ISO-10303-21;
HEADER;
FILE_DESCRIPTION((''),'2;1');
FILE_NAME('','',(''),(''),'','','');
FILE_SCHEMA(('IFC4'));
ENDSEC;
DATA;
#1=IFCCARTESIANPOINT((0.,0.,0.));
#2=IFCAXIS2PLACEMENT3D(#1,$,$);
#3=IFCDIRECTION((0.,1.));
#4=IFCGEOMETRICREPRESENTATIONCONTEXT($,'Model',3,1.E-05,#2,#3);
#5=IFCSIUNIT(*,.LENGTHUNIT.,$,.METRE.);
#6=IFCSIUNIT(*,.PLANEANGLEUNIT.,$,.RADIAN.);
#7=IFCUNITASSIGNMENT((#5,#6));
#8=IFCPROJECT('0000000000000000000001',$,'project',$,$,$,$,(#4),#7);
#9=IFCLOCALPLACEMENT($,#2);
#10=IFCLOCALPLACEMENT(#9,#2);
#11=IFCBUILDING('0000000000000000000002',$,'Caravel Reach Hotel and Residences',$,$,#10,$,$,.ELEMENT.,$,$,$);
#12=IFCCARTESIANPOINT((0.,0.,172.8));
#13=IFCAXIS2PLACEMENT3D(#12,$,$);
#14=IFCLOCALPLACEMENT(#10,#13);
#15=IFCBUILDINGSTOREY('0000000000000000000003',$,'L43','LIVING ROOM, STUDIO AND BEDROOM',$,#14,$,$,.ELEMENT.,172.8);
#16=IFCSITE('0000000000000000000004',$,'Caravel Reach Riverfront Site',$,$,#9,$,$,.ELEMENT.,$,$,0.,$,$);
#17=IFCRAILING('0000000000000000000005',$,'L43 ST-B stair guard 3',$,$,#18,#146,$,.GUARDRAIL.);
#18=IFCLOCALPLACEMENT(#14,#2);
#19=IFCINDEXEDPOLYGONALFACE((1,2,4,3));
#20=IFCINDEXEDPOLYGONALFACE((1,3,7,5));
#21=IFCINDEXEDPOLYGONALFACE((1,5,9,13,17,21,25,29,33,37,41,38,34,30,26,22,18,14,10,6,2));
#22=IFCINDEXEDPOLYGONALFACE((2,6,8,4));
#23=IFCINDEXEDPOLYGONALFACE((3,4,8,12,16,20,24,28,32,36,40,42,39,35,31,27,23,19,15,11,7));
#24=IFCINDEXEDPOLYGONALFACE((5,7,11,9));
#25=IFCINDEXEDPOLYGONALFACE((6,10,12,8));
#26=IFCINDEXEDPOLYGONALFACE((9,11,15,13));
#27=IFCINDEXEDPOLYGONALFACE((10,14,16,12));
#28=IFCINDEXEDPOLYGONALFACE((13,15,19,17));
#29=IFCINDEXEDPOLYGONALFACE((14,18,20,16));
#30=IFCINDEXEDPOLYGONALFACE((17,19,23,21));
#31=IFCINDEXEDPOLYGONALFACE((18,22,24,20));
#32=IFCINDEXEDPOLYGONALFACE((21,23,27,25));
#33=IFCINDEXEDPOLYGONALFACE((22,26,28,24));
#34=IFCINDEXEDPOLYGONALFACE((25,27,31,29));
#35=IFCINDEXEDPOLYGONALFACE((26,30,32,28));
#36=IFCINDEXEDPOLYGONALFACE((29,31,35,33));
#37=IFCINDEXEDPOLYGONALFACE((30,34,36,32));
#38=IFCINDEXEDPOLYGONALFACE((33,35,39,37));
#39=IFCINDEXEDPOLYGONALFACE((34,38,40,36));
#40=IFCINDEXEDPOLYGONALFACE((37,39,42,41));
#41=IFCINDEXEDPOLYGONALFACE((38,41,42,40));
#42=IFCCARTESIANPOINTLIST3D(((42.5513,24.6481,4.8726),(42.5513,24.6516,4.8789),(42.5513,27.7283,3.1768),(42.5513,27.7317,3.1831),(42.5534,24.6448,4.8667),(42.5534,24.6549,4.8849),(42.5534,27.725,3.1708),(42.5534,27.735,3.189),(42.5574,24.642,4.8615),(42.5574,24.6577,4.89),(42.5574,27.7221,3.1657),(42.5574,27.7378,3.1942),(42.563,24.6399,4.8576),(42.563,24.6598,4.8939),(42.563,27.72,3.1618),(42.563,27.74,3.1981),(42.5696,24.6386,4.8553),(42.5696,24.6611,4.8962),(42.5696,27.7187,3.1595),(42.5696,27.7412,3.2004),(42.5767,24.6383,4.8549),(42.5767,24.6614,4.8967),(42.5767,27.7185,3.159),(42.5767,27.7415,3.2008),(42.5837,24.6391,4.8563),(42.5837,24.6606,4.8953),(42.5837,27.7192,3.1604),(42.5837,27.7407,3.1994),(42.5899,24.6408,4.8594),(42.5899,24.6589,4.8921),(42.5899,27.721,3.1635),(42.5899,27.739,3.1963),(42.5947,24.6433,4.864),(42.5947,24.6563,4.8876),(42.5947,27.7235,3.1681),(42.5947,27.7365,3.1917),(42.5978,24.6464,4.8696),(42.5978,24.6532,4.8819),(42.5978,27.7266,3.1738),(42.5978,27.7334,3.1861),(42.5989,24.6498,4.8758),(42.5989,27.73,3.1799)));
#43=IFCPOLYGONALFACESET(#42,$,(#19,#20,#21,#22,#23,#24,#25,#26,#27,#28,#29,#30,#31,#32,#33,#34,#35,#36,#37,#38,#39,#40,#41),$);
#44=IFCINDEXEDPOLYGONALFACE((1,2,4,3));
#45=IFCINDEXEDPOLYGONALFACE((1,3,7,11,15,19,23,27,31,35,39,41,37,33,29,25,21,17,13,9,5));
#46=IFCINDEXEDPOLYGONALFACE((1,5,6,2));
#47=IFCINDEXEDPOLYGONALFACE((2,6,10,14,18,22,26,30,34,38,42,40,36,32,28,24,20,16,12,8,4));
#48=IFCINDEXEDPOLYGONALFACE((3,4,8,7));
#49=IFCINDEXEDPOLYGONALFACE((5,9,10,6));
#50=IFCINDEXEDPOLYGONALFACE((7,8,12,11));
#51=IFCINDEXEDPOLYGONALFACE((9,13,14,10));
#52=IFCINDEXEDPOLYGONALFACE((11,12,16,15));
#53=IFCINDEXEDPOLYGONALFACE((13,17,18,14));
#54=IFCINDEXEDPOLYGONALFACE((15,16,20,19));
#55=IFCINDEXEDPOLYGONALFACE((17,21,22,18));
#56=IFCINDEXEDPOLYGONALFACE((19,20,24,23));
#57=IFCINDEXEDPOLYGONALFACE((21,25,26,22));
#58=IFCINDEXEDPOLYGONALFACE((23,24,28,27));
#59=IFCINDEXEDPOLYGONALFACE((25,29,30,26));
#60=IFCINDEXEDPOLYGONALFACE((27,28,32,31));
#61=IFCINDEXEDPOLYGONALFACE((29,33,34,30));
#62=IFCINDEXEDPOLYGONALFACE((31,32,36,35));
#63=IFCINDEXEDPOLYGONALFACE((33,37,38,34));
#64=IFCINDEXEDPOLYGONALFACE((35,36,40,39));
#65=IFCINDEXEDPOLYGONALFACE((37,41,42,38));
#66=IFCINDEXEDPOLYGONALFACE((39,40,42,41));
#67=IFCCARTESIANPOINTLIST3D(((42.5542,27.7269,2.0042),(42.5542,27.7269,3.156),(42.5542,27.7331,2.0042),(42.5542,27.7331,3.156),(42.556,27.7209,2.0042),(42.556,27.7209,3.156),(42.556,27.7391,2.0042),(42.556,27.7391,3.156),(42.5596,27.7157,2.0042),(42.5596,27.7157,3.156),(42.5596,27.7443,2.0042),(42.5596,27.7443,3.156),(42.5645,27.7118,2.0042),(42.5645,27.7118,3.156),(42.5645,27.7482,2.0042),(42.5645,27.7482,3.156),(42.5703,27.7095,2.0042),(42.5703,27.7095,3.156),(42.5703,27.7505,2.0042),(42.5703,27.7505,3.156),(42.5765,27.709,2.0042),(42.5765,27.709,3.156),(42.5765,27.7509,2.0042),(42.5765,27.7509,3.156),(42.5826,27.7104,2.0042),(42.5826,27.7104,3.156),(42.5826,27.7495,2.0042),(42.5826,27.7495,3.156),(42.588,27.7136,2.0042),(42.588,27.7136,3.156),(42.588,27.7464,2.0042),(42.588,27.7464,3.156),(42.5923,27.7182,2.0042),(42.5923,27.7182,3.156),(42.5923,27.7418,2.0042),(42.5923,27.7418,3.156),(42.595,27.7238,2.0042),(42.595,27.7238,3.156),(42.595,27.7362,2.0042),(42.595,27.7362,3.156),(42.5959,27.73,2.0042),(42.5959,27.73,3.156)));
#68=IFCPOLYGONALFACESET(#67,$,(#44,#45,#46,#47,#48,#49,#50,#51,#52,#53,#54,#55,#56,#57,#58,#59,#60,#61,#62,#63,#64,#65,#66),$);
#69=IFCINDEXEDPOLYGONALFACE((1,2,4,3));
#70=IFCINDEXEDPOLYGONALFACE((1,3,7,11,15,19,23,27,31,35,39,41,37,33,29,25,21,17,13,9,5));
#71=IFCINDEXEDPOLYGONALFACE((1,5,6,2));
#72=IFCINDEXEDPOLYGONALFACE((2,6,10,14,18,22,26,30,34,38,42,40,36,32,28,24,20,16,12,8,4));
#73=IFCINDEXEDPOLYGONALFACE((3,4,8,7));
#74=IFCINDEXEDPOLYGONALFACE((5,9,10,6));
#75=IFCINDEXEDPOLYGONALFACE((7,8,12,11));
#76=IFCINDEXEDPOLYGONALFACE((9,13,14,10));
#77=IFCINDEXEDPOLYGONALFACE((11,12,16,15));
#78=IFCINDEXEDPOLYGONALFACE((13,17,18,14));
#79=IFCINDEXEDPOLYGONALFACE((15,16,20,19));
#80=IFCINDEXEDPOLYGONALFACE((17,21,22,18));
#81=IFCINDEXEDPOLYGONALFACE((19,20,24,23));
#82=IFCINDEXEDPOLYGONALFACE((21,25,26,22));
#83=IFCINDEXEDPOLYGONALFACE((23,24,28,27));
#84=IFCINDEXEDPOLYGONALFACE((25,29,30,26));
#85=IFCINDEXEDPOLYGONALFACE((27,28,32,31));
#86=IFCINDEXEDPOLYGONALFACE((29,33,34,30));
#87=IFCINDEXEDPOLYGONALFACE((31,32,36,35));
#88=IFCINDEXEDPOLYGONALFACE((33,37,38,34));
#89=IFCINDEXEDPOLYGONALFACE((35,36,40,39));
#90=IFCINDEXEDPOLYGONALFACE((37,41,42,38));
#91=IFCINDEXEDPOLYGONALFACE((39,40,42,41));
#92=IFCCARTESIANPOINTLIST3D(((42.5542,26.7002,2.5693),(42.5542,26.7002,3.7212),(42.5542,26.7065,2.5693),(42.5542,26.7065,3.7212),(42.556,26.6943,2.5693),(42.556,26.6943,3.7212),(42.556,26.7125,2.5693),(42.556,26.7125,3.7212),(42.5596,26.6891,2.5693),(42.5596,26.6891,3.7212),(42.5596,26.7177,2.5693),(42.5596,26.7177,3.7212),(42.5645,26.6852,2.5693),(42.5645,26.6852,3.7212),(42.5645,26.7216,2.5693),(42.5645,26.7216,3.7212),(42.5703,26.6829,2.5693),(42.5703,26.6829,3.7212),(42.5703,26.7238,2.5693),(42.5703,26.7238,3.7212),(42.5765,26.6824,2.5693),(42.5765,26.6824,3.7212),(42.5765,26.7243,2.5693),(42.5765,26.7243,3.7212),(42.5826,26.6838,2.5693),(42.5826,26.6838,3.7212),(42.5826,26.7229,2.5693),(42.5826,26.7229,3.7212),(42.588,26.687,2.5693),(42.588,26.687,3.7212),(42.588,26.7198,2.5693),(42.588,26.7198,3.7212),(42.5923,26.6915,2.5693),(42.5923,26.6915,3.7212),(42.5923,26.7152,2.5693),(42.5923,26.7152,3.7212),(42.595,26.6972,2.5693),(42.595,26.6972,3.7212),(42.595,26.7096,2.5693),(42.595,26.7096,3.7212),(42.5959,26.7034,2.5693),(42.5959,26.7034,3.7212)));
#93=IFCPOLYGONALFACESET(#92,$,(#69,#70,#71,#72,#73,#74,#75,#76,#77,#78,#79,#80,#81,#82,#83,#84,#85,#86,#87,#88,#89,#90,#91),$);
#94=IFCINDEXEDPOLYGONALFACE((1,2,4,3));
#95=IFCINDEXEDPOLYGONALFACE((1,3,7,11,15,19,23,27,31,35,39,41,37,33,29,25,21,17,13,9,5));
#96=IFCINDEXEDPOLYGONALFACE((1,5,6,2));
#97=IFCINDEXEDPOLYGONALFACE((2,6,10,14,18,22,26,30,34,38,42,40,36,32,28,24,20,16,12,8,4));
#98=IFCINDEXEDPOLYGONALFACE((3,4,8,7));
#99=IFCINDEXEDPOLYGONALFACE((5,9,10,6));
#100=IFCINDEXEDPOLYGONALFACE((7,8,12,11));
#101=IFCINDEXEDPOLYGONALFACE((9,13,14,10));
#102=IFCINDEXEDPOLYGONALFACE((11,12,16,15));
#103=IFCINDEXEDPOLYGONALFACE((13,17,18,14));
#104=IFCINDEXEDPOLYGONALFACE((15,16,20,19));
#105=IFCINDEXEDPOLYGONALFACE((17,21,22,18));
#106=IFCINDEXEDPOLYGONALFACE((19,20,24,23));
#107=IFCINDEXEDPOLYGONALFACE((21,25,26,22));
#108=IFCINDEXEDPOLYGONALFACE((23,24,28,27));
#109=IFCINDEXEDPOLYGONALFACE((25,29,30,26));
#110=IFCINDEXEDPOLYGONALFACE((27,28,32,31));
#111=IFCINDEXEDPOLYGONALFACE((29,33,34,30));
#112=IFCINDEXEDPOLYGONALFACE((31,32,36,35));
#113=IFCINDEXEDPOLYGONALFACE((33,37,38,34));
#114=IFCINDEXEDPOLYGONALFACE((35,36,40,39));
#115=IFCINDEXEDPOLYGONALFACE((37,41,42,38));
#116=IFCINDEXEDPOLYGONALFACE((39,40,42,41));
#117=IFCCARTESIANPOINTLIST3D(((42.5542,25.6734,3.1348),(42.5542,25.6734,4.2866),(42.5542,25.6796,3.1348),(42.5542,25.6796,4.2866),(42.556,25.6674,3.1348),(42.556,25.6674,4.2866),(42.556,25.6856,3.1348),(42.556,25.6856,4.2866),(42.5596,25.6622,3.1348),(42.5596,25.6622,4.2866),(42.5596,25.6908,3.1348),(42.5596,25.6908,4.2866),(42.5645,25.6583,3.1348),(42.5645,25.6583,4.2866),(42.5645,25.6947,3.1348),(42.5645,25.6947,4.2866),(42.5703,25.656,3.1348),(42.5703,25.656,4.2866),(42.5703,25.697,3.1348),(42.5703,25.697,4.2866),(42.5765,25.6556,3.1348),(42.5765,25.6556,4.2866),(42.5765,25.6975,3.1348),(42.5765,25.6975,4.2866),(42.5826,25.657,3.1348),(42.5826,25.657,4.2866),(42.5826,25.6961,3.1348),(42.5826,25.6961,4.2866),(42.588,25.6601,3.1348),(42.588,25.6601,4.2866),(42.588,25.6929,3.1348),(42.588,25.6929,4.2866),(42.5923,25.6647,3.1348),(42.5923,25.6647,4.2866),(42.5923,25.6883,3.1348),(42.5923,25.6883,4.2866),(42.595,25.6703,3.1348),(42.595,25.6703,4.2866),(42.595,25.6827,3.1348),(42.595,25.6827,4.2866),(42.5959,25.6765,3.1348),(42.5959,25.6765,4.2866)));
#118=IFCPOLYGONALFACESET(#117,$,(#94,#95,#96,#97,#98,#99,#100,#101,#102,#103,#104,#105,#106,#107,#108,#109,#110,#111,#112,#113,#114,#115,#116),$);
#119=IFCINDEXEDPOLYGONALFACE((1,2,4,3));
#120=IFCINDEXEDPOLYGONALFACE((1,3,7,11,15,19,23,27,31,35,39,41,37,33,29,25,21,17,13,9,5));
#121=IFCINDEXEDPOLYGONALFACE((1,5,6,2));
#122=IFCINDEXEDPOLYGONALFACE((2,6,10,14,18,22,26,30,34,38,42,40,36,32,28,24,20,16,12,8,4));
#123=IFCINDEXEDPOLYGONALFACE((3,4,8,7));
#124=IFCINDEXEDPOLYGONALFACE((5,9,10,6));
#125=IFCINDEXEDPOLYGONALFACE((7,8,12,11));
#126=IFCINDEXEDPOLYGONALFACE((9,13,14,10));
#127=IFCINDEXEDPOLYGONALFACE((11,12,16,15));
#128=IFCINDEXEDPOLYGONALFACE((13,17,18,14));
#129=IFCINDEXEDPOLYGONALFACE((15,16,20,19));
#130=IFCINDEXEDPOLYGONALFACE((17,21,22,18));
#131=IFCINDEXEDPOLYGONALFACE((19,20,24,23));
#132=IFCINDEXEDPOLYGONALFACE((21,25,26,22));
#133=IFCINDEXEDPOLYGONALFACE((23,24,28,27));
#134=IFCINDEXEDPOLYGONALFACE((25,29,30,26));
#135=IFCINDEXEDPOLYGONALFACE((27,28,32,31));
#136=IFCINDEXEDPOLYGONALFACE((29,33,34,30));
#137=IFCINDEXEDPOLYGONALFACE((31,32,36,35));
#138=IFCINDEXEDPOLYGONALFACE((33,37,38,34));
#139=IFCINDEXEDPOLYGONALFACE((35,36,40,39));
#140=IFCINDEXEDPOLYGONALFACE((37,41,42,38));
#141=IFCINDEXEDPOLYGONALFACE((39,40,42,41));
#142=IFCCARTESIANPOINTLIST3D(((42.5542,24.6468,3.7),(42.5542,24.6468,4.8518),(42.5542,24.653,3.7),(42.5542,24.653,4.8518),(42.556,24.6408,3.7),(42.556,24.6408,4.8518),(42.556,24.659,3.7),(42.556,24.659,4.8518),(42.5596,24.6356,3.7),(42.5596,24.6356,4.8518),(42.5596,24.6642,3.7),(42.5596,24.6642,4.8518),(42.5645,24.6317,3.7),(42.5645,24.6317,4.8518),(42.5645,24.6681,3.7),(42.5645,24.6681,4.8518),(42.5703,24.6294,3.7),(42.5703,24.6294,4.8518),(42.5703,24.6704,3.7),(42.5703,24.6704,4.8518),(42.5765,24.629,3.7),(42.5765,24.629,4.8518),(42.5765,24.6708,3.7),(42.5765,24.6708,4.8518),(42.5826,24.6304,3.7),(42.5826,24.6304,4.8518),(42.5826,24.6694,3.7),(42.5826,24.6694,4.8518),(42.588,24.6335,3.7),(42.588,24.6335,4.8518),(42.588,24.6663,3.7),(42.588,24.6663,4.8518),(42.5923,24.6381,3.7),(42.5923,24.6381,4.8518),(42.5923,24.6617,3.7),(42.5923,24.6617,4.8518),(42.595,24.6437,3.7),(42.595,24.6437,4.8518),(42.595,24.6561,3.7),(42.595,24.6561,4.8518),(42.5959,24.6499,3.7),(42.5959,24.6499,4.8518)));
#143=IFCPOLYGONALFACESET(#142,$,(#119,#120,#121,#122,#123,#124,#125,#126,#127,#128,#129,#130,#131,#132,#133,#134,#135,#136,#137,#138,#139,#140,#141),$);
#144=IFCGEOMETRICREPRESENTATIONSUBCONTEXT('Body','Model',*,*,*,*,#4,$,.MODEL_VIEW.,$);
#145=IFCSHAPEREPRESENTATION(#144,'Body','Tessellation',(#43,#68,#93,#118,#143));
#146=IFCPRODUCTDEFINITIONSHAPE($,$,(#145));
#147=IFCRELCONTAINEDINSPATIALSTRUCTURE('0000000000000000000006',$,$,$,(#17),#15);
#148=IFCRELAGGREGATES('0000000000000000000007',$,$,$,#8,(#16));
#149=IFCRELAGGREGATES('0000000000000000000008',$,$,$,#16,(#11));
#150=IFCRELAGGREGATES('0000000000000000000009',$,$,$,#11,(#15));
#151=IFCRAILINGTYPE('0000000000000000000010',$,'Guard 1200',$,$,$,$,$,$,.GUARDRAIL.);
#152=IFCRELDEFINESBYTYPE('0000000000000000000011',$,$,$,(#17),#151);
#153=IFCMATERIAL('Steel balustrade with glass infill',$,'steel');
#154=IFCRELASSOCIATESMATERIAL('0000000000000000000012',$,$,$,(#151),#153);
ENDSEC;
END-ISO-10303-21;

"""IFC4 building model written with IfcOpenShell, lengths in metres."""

from ifc_helpers import new_model, si_unit, direction, frame, origin, origin_2d, place, context, subcontext, project, spatial, circle, extrude, material, type_object, element, save


model = new_model("IFC4")

# Units and contexts
model_context = context("Model", 3, precision=1e-05, world=origin(), true_north=direction((0.0, 1.0)))
body_context = subcontext(model_context, "Body", "Model", "MODEL_VIEW")
ifc_project = project(units=[si_unit("LENGTHUNIT", "METRE"), si_unit("PLANEANGLEUNIT", "RADIAN")], contexts=[model_context])

# Site, building, storey
site_placement = place(None, origin())
site = spatial("IfcSite", under=ifc_project, at=site_placement, Name="Caravel Reach Riverfront Site", CompositionType="ELEMENT", RefElevation=0.0)
building_placement = place(site_placement, origin())
building = spatial("IfcBuilding", under=site, at=building_placement, Name="Caravel Reach Hotel and Residences", CompositionType="ELEMENT")
storey_placement = place(building_placement, frame((0.0, 0.0, 172.8)))
storey = spatial("IfcBuildingStorey", under=building, at=storey_placement, Name="L43", Description="LIVING ROOM, STUDIO AND BEDROOM", CompositionType="ELEMENT", Elevation=172.8)

# Railing
ifc_material_1 = material(Name="Steel balustrade with glass infill", Category="steel")
railing_type_1 = type_object("IfcRailingType", Name="Guard 1200", PredefinedType="GUARDRAIL", material=ifc_material_1)
railing_1_placement = place(storey_placement, frame((42.575, 27.73, 2.0042)))
element("IfcRailing", 1, at=railing_1_placement, inside=storey, type_object=railing_type_1, Name="L43 ST-B stair guard 3", PredefinedType="GUARDRAIL", context=body_context, shape_type="SweptSolid", body=[
    extrude(circle(Radius=0.0239, at=origin_2d()), frame((0.0, 0.0, 1.1758), z_axis=(0.0, -0.876005, 0.482303), x_axis=(1.0, 0.0, 0.0)), (0.0, 0.0, 1.0), 3.5161),
    extrude(circle(Radius=0.021, at=origin_2d()), origin(), (0.0, 0.0, 1.0), 1.1519),
    extrude(circle(Radius=0.021, at=origin_2d()), frame((0.0, -1.0266, 0.5652)), (0.0, 0.0, 1.0), 1.1519),
    extrude(circle(Radius=0.021, at=origin_2d()), frame((0.0, -2.0535, 1.1306)), (0.0, 0.0, 1.0), 1.1519),
    extrude(circle(Radius=0.021, at=origin_2d()), frame((0.0, -3.0801, 1.6958)), (0.0, 0.0, 1.0), 1.1519),
])

save(model, "model.ifc")
